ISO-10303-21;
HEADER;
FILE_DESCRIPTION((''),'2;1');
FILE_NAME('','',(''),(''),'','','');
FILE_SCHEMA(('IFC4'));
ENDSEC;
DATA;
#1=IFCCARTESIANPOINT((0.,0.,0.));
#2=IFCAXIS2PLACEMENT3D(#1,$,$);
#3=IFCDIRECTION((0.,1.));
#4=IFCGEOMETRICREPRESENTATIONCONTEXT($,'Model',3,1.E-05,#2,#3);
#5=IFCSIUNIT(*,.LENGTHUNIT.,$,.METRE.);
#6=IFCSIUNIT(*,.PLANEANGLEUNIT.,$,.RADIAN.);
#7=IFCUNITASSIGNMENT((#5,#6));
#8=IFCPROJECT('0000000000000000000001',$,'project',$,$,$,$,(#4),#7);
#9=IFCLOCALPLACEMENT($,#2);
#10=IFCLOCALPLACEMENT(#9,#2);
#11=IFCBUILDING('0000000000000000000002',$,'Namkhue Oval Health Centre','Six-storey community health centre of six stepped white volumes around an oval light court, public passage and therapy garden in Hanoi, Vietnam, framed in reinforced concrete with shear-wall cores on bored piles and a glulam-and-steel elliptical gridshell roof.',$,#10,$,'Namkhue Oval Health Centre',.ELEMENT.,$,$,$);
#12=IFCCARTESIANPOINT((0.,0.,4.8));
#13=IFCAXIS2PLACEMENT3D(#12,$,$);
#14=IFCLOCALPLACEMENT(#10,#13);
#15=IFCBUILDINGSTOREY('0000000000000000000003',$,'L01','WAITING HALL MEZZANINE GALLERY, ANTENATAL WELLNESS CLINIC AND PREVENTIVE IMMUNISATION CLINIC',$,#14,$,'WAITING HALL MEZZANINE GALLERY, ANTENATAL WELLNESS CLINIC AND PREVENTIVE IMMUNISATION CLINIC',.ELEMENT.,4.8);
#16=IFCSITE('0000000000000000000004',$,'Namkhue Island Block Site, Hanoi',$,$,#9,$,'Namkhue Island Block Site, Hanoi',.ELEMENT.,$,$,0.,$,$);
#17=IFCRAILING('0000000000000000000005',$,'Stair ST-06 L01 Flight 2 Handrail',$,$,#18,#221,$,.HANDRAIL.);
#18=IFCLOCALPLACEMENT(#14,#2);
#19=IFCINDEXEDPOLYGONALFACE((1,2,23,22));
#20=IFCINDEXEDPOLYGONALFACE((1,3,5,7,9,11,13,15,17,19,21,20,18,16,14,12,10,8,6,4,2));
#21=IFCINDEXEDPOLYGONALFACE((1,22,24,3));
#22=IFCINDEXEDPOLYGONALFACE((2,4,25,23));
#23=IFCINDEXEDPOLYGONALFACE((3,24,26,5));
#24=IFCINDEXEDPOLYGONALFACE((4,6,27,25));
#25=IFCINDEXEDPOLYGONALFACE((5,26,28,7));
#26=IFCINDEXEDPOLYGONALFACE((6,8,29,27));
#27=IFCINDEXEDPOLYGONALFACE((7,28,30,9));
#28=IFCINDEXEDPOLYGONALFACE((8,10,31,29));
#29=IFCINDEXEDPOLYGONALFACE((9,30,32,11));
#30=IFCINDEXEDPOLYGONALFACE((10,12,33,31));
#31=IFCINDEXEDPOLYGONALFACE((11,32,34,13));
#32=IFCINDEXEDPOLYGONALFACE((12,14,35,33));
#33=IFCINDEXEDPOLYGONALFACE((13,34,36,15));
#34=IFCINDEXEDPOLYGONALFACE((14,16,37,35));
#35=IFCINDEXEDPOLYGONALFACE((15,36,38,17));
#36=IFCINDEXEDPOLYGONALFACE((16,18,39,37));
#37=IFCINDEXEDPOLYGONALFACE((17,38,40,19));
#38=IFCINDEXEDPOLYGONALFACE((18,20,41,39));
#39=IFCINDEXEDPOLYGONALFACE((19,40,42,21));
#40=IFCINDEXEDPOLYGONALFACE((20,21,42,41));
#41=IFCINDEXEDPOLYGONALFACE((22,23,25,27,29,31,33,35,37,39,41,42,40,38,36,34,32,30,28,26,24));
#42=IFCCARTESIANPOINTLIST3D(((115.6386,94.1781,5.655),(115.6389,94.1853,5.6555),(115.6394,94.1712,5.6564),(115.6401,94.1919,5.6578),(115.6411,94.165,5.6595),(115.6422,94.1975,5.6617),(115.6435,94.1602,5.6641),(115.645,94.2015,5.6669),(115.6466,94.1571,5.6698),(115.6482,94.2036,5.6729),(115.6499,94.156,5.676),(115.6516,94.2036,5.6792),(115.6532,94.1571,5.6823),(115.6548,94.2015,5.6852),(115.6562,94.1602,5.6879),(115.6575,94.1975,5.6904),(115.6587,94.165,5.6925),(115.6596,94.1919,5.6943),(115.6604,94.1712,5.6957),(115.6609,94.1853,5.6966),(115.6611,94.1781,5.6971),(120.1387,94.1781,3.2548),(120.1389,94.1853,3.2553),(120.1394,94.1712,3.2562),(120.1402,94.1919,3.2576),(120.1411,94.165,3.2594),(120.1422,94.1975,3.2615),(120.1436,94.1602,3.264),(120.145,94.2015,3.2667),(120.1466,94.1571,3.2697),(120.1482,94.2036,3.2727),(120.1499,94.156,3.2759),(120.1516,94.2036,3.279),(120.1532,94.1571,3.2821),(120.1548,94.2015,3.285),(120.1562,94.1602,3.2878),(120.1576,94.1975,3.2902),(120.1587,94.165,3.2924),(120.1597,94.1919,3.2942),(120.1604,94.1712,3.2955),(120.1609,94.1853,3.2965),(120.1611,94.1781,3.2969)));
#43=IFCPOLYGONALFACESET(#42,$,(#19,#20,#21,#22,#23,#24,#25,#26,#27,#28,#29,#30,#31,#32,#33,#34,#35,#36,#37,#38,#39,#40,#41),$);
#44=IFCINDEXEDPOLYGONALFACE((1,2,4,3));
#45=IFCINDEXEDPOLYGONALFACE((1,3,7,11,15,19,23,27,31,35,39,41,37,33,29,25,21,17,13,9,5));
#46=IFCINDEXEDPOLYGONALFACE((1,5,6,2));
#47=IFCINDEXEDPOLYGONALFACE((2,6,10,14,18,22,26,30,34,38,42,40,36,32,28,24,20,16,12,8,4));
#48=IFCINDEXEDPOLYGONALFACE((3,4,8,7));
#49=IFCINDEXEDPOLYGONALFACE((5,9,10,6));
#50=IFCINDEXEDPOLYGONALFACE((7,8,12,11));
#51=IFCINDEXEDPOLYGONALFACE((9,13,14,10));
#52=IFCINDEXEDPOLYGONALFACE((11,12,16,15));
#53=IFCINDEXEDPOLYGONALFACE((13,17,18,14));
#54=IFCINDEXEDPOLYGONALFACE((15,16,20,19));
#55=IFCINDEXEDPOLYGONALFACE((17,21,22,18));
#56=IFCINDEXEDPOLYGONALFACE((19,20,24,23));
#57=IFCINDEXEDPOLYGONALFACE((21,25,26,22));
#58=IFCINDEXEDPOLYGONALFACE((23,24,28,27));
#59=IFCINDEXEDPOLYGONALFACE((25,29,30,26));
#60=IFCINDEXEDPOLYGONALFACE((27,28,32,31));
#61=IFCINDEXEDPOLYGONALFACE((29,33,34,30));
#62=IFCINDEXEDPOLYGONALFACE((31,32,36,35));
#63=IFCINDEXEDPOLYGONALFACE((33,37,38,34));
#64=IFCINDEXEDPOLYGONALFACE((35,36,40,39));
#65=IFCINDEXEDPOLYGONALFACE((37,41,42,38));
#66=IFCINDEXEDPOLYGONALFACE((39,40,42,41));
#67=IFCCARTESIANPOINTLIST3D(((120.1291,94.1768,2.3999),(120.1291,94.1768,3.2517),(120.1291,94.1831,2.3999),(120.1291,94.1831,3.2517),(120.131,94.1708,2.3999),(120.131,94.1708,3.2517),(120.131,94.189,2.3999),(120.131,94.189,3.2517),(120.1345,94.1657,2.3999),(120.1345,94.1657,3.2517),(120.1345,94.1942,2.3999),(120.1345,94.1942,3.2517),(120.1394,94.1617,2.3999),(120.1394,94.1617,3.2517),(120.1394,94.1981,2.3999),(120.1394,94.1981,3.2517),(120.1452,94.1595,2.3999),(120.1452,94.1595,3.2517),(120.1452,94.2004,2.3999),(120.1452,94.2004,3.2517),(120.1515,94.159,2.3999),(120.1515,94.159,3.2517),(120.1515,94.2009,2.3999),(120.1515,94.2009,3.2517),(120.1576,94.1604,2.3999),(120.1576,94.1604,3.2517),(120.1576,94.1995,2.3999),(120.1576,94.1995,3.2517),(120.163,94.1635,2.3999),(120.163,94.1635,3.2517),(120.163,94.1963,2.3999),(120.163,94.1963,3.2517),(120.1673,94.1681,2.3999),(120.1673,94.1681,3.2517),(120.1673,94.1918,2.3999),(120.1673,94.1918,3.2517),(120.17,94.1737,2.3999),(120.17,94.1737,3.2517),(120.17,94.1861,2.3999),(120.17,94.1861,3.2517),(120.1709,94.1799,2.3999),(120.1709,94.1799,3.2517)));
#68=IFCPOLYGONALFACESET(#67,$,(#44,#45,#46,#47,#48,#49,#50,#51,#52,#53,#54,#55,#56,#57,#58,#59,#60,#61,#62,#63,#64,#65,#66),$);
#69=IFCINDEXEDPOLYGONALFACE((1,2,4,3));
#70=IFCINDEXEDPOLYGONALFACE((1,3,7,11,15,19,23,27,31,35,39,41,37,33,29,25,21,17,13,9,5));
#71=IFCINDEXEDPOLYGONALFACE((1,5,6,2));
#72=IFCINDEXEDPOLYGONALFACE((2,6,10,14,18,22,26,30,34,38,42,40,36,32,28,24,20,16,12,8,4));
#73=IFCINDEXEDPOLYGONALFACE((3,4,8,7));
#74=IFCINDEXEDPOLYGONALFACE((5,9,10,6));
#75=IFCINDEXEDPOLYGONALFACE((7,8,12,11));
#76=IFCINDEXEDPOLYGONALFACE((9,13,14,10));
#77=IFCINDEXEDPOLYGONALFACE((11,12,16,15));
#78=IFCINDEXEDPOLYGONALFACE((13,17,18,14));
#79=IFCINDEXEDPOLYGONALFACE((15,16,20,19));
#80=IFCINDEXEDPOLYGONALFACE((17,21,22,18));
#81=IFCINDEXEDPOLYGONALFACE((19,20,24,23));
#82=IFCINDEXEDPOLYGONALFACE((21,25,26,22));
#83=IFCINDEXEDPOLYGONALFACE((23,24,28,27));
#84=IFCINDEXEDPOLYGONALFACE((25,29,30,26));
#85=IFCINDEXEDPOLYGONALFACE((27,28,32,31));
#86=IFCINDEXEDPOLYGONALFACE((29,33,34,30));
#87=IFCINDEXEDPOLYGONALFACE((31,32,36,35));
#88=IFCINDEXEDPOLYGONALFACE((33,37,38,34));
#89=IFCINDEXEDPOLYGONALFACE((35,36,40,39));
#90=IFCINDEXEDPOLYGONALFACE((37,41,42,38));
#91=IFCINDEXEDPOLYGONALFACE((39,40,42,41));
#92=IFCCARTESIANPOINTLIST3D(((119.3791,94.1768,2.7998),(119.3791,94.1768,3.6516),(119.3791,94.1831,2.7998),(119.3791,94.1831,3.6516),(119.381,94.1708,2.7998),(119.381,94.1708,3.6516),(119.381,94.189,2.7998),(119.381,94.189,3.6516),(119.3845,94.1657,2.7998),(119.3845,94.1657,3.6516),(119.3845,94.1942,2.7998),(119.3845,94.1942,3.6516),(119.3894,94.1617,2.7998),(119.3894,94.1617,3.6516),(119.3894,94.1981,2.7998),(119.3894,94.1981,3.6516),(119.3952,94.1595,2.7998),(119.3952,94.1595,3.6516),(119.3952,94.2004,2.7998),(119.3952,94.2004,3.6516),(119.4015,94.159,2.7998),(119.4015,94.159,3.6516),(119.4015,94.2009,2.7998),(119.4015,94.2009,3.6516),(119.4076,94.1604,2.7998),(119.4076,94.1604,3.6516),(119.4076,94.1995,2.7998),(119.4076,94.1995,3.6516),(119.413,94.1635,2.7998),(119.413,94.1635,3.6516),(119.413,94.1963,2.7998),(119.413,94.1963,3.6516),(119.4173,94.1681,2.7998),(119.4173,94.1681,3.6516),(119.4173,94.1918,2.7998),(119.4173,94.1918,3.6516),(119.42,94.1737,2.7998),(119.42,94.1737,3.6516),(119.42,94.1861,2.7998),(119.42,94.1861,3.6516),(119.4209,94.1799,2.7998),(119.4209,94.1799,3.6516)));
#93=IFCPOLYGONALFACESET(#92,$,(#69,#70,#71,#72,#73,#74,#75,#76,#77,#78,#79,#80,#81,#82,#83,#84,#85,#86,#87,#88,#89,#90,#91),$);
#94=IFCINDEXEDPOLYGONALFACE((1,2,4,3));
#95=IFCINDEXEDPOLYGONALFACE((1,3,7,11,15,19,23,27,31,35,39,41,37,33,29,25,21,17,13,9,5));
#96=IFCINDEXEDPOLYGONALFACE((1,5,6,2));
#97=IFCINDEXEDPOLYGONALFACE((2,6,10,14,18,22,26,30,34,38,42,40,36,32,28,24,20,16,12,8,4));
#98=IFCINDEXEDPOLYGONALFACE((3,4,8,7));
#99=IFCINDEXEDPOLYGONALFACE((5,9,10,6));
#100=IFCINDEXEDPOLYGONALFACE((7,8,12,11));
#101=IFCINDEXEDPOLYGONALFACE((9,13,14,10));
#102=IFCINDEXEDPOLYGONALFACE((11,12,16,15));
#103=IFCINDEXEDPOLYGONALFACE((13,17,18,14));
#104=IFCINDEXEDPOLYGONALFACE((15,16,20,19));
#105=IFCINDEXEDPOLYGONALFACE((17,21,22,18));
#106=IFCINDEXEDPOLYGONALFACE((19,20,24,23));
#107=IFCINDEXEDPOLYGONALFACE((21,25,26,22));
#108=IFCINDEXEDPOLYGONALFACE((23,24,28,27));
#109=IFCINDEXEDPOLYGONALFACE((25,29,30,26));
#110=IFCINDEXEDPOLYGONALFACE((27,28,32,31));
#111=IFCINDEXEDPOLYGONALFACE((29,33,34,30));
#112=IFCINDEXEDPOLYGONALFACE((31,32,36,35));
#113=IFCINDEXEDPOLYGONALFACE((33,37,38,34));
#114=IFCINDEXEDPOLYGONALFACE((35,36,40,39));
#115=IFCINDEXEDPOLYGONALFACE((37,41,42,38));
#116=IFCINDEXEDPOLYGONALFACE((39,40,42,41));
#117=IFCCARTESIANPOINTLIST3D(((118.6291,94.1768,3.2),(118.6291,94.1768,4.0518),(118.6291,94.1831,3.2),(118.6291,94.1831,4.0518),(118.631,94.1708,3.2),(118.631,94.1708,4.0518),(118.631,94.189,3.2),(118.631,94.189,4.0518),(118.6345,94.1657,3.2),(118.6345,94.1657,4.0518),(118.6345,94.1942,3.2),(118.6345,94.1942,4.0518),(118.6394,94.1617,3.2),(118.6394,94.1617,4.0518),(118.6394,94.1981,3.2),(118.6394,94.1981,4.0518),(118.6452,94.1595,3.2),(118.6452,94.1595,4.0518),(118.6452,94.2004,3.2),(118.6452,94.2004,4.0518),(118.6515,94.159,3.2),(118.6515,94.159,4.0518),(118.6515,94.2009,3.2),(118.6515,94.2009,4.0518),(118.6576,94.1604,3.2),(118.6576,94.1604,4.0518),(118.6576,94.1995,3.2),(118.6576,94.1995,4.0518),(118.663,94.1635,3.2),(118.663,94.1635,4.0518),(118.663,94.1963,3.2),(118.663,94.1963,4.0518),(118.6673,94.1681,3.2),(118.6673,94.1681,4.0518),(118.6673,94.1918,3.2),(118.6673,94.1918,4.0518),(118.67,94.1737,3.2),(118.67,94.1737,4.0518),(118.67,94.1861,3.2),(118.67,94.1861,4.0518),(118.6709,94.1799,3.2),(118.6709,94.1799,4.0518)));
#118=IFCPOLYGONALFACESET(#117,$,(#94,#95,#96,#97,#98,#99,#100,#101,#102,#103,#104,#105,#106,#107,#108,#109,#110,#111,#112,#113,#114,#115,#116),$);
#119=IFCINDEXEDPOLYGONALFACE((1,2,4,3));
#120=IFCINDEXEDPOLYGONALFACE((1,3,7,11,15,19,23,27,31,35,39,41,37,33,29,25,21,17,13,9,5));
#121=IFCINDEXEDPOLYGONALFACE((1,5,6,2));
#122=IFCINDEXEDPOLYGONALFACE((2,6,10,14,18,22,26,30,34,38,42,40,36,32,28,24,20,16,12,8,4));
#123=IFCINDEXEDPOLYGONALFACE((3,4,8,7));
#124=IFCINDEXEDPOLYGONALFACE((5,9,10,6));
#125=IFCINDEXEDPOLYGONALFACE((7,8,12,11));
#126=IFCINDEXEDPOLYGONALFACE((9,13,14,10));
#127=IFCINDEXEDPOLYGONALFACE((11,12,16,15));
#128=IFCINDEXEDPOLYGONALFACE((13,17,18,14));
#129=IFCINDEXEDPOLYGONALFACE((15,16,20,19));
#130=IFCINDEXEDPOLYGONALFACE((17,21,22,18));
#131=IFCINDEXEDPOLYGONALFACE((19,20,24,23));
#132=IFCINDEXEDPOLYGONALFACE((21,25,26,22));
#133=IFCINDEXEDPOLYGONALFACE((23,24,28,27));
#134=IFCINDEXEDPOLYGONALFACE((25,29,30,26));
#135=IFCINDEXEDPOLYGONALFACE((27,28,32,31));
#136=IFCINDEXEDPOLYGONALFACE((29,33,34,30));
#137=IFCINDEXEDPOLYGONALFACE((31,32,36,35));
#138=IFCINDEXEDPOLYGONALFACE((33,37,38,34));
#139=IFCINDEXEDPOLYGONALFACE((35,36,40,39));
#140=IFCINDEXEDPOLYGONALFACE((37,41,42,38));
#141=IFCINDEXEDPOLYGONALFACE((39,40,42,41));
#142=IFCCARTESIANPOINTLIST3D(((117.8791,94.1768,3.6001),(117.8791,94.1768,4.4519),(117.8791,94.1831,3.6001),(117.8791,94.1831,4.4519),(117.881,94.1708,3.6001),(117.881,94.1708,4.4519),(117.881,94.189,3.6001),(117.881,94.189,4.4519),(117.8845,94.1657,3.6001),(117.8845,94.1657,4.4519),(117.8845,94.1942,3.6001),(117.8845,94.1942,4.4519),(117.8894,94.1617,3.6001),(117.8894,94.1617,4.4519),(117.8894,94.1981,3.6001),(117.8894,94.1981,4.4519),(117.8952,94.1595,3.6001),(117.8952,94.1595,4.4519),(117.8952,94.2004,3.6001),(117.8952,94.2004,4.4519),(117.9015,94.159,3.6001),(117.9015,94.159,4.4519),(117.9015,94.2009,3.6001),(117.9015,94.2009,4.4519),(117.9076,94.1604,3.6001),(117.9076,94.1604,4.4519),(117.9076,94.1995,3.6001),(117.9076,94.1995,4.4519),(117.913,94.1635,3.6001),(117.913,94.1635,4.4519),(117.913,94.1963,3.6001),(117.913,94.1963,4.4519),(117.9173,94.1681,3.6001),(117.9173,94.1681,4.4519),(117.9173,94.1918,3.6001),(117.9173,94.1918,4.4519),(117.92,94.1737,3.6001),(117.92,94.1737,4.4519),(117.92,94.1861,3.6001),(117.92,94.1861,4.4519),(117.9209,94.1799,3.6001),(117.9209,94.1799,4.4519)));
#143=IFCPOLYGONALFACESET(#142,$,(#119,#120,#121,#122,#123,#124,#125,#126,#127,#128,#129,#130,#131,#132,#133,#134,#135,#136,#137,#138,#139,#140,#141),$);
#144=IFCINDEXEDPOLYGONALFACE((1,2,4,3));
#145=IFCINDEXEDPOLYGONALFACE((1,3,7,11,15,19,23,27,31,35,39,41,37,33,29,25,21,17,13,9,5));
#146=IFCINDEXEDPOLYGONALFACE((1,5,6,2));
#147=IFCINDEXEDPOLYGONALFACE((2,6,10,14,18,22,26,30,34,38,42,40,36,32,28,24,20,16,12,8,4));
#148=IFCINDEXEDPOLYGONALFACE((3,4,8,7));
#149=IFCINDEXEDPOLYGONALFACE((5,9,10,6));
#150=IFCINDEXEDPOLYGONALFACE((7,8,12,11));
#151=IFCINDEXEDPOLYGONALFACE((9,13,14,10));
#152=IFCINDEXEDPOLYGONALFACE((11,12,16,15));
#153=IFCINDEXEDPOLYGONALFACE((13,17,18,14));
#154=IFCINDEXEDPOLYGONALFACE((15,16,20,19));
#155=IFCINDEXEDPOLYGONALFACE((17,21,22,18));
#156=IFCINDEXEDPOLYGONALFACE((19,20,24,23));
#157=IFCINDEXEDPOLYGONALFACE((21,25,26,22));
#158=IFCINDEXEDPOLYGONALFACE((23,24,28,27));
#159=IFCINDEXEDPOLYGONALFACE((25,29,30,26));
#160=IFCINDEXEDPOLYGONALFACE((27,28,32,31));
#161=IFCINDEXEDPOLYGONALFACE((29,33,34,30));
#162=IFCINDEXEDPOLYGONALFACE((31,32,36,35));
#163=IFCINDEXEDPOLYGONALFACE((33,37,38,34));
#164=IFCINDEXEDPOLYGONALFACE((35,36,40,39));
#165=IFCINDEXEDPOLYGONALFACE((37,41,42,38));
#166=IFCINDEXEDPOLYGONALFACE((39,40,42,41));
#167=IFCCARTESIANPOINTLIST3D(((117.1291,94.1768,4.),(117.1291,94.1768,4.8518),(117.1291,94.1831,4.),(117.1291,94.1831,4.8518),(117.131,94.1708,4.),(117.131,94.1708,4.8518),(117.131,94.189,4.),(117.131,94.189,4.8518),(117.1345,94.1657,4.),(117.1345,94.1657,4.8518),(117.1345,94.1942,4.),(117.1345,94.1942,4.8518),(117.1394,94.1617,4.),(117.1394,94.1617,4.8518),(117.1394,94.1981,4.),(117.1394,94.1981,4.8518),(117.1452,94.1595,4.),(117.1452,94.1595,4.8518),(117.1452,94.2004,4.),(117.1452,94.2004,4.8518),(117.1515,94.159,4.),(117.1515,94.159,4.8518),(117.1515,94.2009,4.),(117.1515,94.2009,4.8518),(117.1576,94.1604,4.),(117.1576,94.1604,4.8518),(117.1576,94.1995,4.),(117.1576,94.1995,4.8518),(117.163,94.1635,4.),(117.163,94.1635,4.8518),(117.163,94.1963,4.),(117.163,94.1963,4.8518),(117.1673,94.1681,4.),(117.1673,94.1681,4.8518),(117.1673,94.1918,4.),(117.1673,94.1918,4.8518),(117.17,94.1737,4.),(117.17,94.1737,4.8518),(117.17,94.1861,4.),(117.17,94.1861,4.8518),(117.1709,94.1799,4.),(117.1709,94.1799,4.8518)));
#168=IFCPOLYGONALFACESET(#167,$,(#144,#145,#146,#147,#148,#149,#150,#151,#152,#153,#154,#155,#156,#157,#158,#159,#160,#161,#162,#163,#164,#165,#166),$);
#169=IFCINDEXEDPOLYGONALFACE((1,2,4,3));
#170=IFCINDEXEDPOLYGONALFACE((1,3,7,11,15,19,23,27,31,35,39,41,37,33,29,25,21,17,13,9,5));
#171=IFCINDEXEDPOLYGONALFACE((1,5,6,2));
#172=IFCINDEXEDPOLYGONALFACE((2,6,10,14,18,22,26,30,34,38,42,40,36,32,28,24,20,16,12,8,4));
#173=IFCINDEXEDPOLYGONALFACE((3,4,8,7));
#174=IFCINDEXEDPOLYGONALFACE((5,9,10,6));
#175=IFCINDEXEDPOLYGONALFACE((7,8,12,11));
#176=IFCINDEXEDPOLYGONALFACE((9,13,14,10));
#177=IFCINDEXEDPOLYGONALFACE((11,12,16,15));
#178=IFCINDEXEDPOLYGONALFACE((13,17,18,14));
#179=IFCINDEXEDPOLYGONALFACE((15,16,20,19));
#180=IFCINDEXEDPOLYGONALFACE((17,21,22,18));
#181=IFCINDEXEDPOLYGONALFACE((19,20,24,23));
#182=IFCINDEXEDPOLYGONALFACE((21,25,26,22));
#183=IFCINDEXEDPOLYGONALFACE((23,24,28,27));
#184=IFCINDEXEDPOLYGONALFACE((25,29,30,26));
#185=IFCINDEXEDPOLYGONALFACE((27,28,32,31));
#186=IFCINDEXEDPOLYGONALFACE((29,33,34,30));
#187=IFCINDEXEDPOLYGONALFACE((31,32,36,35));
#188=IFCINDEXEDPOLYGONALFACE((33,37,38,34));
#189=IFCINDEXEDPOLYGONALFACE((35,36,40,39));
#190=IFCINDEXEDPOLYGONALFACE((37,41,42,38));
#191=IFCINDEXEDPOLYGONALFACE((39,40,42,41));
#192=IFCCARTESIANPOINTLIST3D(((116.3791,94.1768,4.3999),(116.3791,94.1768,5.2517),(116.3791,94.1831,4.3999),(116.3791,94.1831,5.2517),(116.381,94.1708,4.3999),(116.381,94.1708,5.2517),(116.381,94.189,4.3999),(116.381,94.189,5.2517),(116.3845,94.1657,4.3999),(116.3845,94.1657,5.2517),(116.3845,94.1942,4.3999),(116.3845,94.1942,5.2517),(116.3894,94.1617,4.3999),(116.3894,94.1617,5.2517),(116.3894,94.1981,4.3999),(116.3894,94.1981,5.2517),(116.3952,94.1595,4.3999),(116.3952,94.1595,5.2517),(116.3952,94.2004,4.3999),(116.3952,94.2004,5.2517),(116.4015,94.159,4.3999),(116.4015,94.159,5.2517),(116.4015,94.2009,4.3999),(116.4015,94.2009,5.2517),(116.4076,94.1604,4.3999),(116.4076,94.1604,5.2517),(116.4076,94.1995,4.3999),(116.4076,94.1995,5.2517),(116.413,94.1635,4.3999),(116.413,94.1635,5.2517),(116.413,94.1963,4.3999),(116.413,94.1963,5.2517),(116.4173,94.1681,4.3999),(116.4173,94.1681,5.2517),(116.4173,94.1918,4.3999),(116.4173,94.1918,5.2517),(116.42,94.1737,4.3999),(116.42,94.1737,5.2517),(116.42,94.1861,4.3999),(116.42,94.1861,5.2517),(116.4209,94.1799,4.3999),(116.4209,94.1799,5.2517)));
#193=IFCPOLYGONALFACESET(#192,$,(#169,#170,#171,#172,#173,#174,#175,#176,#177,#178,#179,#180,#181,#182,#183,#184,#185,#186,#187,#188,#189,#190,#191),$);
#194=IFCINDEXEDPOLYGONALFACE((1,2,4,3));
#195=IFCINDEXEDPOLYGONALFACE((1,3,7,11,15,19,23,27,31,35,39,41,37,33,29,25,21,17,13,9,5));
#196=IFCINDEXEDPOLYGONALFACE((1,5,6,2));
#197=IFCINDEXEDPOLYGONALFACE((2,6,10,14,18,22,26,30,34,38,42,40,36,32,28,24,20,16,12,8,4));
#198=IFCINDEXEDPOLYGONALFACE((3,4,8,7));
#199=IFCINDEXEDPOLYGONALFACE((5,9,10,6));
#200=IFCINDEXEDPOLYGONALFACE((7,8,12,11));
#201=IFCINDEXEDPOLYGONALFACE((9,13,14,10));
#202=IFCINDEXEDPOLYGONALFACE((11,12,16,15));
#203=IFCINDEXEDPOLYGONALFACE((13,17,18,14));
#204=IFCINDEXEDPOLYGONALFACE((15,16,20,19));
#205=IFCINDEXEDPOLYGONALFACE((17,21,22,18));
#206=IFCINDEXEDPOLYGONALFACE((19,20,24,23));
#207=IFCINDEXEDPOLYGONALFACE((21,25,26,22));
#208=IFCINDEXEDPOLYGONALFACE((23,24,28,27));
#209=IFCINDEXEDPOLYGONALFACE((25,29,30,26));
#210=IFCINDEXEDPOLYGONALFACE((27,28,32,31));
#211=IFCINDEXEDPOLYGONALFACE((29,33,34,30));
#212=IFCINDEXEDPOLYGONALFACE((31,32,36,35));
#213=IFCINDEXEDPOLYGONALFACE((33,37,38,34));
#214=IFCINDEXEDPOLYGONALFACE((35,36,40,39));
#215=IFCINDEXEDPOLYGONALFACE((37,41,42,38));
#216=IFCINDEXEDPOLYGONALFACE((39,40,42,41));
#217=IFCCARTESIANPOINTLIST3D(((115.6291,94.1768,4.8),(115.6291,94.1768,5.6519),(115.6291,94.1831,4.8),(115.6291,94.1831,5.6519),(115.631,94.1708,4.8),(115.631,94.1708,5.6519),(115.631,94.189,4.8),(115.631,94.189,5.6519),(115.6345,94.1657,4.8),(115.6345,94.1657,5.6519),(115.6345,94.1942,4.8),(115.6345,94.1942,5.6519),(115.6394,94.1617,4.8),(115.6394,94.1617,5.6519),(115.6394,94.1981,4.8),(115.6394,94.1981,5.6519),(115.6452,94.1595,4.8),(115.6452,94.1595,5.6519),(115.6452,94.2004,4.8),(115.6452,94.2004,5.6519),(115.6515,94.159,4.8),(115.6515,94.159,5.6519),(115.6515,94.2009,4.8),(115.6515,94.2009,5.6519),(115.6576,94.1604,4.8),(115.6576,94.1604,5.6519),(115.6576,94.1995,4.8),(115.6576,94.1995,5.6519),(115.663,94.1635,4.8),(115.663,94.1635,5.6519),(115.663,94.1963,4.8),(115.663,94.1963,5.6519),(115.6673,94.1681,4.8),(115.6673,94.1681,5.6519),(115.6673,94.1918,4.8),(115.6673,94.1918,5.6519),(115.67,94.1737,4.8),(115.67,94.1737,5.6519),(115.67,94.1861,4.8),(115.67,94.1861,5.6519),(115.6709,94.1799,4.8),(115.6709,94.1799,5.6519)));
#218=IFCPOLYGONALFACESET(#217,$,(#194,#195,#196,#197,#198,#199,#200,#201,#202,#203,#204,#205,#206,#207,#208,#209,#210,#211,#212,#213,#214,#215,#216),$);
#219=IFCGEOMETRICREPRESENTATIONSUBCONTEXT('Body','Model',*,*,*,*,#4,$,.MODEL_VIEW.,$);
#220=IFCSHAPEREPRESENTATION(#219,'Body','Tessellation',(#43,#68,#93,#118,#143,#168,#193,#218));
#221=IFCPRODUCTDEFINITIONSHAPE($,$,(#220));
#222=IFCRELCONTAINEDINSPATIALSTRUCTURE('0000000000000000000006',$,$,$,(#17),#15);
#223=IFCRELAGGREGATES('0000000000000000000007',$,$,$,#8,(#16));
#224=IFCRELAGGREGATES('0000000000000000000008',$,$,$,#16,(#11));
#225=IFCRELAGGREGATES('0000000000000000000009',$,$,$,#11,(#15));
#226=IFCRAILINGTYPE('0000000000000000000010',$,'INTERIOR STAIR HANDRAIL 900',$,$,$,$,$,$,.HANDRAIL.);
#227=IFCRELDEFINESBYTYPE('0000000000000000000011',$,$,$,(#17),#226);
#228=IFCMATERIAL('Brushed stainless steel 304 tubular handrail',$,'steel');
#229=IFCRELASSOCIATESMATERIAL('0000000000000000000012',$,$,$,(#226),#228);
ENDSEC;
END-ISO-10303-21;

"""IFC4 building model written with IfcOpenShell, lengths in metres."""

from ifc_helpers import new_model, si_unit, direction, frame, origin, origin_2d, place, context, subcontext, project, spatial, circle, extrude, material, type_object, element, save


model = new_model("IFC4")

# Units and contexts
model_context = context("Model", 3, precision=1e-05, world=origin(), true_north=direction((0.0, 1.0)))
body_context = subcontext(model_context, "Body", "Model", "MODEL_VIEW")
ifc_project = project(units=[si_unit("LENGTHUNIT", "METRE"), si_unit("PLANEANGLEUNIT", "RADIAN")], contexts=[model_context])

# Site, building, storey
site_placement = place(None, origin())
site = spatial("IfcSite", under=ifc_project, at=site_placement, Name="Namkhue Island Block Site, Hanoi", LongName="Namkhue Island Block Site, Hanoi", CompositionType="ELEMENT", RefElevation=0.0)
building_placement = place(site_placement, origin())
building = spatial("IfcBuilding", under=site, at=building_placement, Name="Namkhue Oval Health Centre", Description="Six-storey community health centre of six stepped white volumes around an oval light court, public passage and therapy garden in Hanoi, Vietnam, framed in reinforced concrete with shear-wall cores on bored piles and a glulam-and-steel elliptical gridshell roof.", LongName="Namkhue Oval Health Centre", CompositionType="ELEMENT")
storey_placement = place(building_placement, frame((0.0, 0.0, 4.8)))
storey = spatial("IfcBuildingStorey", under=building, at=storey_placement, Name="L01", Description="WAITING HALL MEZZANINE GALLERY, ANTENATAL WELLNESS CLINIC AND PREVENTIVE IMMUNISATION CLINIC", LongName="WAITING HALL MEZZANINE GALLERY, ANTENATAL WELLNESS CLINIC AND PREVENTIVE IMMUNISATION CLINIC", CompositionType="ELEMENT", Elevation=4.8)

# Railing
ifc_material_1 = material(Name="Brushed stainless steel 304 tubular handrail", Category="steel")
railing_type_1 = type_object("IfcRailingType", Name="INTERIOR STAIR HANDRAIL 900", PredefinedType="HANDRAIL", material=ifc_material_1)
railing_1_placement = place(storey_placement, frame((120.1499, 94.1799, 2.3999)))
element("IfcRailing", 1, at=railing_1_placement, inside=storey, type_object=railing_type_1, Name="Stair ST-06 L01 Flight 2 Handrail", PredefinedType="HANDRAIL", context=body_context, shape_type="SweptSolid", body=[
    extrude(circle(Radius=0.0239, at=origin_2d()), frame((0.0, 0.0, 0.876), z_axis=(-0.882341, 0.0, 0.470611), x_axis=(0.0, -1.0, 0.0)), (0.0, 0.0, 1.0), 5.1001),
    extrude(circle(Radius=0.021, at=origin_2d()), origin(), (0.0, 0.0, 1.0), 0.8518),
    extrude(circle(Radius=0.021, at=origin_2d()), frame((-0.75, 0.0, 0.3999)), (0.0, 0.0, 1.0), 0.8518),
    extrude(circle(Radius=0.021, at=origin_2d()), frame((-1.5, 0.0, 0.8)), (0.0, 0.0, 1.0), 0.8518),
    extrude(circle(Radius=0.021, at=origin_2d()), frame((-2.25, 0.0, 1.2002)), (0.0, 0.0, 1.0), 0.8518),
    extrude(circle(Radius=0.021, at=origin_2d()), frame((-3.0, 0.0, 1.6001)), (0.0, 0.0, 1.0), 0.8518),
    extrude(circle(Radius=0.021, at=origin_2d()), frame((-3.75, 0.0, 2.0)), (0.0, 0.0, 1.0), 0.8518),
    extrude(circle(Radius=0.021, at=origin_2d()), frame((-4.5, 0.0, 2.4001)), (0.0, 0.0, 1.0), 0.8518),
])

save(model, "model.ifc")
